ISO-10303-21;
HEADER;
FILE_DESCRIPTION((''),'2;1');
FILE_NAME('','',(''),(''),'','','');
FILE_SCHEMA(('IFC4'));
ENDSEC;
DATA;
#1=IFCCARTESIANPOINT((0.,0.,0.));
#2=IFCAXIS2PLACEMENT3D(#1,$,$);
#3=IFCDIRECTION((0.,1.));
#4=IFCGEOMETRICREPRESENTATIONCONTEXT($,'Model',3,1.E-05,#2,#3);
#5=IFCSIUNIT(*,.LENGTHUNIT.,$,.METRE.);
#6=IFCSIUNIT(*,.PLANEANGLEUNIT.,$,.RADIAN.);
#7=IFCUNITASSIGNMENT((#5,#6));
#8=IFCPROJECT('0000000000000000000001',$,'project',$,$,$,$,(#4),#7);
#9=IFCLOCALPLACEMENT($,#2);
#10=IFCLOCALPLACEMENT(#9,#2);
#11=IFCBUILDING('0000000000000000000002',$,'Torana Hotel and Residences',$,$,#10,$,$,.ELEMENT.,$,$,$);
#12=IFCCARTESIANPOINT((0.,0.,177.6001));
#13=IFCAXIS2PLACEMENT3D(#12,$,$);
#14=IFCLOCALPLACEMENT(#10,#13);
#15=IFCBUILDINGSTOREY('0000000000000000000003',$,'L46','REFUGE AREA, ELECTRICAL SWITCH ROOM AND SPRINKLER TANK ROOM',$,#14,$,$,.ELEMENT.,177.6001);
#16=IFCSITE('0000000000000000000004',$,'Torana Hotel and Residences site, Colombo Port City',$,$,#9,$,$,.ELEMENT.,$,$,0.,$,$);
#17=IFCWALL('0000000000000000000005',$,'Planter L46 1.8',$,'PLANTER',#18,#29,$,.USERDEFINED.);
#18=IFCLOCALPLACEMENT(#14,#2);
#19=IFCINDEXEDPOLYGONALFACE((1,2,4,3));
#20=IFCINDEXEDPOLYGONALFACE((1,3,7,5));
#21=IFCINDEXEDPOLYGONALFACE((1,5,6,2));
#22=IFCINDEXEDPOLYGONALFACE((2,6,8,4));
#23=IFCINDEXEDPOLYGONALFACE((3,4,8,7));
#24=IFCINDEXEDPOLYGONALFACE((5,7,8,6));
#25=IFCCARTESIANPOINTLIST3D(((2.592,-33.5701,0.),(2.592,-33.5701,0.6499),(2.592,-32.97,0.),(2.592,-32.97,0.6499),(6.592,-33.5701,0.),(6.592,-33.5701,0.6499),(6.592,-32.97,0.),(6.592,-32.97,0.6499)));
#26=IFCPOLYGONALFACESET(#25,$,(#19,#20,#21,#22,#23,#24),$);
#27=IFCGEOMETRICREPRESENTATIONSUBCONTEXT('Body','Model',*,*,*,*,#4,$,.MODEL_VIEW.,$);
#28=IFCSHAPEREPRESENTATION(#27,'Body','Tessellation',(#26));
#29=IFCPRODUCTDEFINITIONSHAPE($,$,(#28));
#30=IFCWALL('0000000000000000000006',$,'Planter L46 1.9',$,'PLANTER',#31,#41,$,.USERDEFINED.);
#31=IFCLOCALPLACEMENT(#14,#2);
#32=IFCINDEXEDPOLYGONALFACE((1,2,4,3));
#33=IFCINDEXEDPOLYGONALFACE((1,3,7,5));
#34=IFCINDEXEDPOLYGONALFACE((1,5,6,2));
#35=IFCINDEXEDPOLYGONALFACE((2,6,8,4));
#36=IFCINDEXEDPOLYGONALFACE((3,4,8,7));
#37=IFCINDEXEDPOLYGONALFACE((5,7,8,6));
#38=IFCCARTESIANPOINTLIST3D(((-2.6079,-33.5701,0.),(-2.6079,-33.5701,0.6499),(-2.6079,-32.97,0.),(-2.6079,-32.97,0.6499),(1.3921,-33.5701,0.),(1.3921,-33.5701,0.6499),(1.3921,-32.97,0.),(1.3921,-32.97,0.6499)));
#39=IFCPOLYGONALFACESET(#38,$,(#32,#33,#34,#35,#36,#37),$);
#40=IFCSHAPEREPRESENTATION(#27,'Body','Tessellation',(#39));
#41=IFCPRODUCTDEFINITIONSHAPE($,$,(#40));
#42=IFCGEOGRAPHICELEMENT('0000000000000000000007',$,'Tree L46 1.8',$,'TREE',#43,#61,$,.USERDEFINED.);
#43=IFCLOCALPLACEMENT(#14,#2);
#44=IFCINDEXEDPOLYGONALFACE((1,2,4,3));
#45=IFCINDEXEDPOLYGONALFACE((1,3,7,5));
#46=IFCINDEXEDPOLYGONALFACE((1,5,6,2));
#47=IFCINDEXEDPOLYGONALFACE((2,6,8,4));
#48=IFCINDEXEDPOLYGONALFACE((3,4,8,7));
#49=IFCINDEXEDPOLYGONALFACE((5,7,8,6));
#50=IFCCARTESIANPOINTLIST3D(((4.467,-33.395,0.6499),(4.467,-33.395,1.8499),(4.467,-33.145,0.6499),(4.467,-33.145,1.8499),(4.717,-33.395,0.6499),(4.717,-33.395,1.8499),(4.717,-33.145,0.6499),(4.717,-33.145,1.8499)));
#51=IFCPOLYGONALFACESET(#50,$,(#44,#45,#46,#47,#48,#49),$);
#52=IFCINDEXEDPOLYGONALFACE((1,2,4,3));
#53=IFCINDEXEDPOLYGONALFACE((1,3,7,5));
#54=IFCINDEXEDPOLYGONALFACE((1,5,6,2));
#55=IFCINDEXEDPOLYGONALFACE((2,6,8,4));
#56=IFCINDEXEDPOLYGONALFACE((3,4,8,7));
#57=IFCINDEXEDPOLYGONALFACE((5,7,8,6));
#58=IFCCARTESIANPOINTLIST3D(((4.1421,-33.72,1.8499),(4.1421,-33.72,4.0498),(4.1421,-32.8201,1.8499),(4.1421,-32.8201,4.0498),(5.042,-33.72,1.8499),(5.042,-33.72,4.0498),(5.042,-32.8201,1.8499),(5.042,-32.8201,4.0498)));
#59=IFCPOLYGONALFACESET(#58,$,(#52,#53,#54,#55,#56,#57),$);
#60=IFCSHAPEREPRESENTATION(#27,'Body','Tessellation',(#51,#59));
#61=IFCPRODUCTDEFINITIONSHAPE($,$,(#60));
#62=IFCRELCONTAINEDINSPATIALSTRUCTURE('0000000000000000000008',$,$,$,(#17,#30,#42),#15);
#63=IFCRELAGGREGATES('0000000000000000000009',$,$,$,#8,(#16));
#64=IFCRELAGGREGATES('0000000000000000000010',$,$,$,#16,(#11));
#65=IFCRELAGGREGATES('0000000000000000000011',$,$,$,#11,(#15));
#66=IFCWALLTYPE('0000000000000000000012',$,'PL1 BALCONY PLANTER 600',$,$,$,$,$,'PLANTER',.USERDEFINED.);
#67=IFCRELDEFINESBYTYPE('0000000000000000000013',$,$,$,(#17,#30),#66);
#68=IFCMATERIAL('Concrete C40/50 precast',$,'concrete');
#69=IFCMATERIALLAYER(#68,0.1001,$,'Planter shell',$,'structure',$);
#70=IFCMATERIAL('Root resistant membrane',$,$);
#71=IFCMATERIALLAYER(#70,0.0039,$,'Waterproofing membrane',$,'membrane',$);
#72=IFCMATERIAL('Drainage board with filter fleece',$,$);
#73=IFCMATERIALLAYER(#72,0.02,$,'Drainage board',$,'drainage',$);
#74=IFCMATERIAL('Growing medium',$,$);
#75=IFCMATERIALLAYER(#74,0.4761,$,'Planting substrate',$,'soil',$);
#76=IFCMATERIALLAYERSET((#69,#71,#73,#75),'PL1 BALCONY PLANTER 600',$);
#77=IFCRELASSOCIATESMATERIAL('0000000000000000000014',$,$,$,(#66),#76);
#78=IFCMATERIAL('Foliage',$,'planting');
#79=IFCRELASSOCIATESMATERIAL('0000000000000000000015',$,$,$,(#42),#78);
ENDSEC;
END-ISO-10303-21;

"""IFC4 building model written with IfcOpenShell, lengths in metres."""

from ifc_helpers import new_model, si_unit, direction, frame, frame_2d, origin, origin_2d, place, context, subcontext, project, spatial, rectangle, extrude, material, layer, layer_set, type_object, element, save


model = new_model("IFC4")

# Units and contexts
model_context = context("Model", 3, precision=1e-05, world=origin(), true_north=direction((0.0, 1.0)))
body_context = subcontext(model_context, "Body", "Model", "MODEL_VIEW")
ifc_project = project(units=[si_unit("LENGTHUNIT", "METRE"), si_unit("PLANEANGLEUNIT", "RADIAN")], contexts=[model_context])

# Site, building, storey
site_placement = place(None, origin())
site = spatial("IfcSite", under=ifc_project, at=site_placement, Name="Torana Hotel and Residences site, Colombo Port City", CompositionType="ELEMENT", RefElevation=0.0)
building_placement = place(site_placement, origin())
building = spatial("IfcBuilding", under=site, at=building_placement, Name="Torana Hotel and Residences", CompositionType="ELEMENT")
storey_placement = place(building_placement, frame((0.0, 0.0, 177.6001)))
storey = spatial("IfcBuildingStorey", under=building, at=storey_placement, Name="L46", Description="REFUGE AREA, ELECTRICAL SWITCH ROOM AND SPRINKLER TANK ROOM", CompositionType="ELEMENT", Elevation=177.6001)

# Walls
ifc_material_1 = material(Name="Concrete C40/50 precast", Category="concrete")
ifc_layer_1 = layer(ifc_material_1, 0.1001, Name="Planter shell", Category="structure")
ifc_material_2 = material(Name="Root resistant membrane")
ifc_layer_2 = layer(ifc_material_2, 0.0039, Name="Waterproofing membrane", Category="membrane")
ifc_material_3 = material(Name="Drainage board with filter fleece")
ifc_layer_3 = layer(ifc_material_3, 0.02, Name="Drainage board", Category="drainage")
ifc_material_4 = material(Name="Growing medium")
ifc_layer_4 = layer(ifc_material_4, 0.4761, Name="Planting substrate", Category="soil")
ifc_layer_set_1 = layer_set([ifc_layer_1, ifc_layer_2, ifc_layer_3, ifc_layer_4], Name="PL1 BALCONY PLANTER 600")
wall_type = type_object("IfcWallType", Name="PL1 BALCONY PLANTER 600", ElementType="PLANTER", PredefinedType="USERDEFINED", material=ifc_layer_set_1)
for number, where, z_axis, x_axis, name in (
    (1, (6.592, -33.27, 0.0), (0.0, 0.0, 1.0), (-1.0, 0.0, 0.0), "Planter L46 1.8"),
    (2, (1.3921, -33.27, 0.0), (0.0, 0.0, 1.0), (-1.0, 0.0, 0.0), "Planter L46 1.9"),
):
    element("IfcWall", number, at=place(storey_placement, frame(where, z_axis=z_axis, x_axis=x_axis)), inside=storey, type_object=wall_type, Name=name, ObjectType="PLANTER", PredefinedType="USERDEFINED", context=body_context, shape_type="SweptSolid", body=[
        extrude(rectangle(XDim=4.0, YDim=0.6001, at=frame_2d((2.0, 0.0))), origin(), (0.0, 0.0, 1.0), 0.6499),
    ])

# Geographic element
ifc_material_5 = material(Name="Foliage", Category="planting")
geographic_element_placement = place(storey_placement, frame((4.592, -33.27, 0.6499), z_axis=(0.0, 0.0, 1.0), x_axis=(1.0, 0.0, 0.0)))
element("IfcGeographicElement", 3, at=geographic_element_placement, inside=storey, material=ifc_material_5, Name="Tree L46 1.8", ObjectType="TREE", PredefinedType="USERDEFINED", context=body_context, shape_type="SweptSolid", body=[
    extrude(rectangle(XDim=0.25, YDim=0.25, at=origin_2d()), origin(), (0.0, 0.0, 1.0), 1.2),
    extrude(rectangle(XDim=0.8999, YDim=0.8999, at=origin_2d()), frame((0.0, 0.0, 1.2)), (0.0, 0.0, 1.0), 2.2),
])

save(model, "model.ifc")
